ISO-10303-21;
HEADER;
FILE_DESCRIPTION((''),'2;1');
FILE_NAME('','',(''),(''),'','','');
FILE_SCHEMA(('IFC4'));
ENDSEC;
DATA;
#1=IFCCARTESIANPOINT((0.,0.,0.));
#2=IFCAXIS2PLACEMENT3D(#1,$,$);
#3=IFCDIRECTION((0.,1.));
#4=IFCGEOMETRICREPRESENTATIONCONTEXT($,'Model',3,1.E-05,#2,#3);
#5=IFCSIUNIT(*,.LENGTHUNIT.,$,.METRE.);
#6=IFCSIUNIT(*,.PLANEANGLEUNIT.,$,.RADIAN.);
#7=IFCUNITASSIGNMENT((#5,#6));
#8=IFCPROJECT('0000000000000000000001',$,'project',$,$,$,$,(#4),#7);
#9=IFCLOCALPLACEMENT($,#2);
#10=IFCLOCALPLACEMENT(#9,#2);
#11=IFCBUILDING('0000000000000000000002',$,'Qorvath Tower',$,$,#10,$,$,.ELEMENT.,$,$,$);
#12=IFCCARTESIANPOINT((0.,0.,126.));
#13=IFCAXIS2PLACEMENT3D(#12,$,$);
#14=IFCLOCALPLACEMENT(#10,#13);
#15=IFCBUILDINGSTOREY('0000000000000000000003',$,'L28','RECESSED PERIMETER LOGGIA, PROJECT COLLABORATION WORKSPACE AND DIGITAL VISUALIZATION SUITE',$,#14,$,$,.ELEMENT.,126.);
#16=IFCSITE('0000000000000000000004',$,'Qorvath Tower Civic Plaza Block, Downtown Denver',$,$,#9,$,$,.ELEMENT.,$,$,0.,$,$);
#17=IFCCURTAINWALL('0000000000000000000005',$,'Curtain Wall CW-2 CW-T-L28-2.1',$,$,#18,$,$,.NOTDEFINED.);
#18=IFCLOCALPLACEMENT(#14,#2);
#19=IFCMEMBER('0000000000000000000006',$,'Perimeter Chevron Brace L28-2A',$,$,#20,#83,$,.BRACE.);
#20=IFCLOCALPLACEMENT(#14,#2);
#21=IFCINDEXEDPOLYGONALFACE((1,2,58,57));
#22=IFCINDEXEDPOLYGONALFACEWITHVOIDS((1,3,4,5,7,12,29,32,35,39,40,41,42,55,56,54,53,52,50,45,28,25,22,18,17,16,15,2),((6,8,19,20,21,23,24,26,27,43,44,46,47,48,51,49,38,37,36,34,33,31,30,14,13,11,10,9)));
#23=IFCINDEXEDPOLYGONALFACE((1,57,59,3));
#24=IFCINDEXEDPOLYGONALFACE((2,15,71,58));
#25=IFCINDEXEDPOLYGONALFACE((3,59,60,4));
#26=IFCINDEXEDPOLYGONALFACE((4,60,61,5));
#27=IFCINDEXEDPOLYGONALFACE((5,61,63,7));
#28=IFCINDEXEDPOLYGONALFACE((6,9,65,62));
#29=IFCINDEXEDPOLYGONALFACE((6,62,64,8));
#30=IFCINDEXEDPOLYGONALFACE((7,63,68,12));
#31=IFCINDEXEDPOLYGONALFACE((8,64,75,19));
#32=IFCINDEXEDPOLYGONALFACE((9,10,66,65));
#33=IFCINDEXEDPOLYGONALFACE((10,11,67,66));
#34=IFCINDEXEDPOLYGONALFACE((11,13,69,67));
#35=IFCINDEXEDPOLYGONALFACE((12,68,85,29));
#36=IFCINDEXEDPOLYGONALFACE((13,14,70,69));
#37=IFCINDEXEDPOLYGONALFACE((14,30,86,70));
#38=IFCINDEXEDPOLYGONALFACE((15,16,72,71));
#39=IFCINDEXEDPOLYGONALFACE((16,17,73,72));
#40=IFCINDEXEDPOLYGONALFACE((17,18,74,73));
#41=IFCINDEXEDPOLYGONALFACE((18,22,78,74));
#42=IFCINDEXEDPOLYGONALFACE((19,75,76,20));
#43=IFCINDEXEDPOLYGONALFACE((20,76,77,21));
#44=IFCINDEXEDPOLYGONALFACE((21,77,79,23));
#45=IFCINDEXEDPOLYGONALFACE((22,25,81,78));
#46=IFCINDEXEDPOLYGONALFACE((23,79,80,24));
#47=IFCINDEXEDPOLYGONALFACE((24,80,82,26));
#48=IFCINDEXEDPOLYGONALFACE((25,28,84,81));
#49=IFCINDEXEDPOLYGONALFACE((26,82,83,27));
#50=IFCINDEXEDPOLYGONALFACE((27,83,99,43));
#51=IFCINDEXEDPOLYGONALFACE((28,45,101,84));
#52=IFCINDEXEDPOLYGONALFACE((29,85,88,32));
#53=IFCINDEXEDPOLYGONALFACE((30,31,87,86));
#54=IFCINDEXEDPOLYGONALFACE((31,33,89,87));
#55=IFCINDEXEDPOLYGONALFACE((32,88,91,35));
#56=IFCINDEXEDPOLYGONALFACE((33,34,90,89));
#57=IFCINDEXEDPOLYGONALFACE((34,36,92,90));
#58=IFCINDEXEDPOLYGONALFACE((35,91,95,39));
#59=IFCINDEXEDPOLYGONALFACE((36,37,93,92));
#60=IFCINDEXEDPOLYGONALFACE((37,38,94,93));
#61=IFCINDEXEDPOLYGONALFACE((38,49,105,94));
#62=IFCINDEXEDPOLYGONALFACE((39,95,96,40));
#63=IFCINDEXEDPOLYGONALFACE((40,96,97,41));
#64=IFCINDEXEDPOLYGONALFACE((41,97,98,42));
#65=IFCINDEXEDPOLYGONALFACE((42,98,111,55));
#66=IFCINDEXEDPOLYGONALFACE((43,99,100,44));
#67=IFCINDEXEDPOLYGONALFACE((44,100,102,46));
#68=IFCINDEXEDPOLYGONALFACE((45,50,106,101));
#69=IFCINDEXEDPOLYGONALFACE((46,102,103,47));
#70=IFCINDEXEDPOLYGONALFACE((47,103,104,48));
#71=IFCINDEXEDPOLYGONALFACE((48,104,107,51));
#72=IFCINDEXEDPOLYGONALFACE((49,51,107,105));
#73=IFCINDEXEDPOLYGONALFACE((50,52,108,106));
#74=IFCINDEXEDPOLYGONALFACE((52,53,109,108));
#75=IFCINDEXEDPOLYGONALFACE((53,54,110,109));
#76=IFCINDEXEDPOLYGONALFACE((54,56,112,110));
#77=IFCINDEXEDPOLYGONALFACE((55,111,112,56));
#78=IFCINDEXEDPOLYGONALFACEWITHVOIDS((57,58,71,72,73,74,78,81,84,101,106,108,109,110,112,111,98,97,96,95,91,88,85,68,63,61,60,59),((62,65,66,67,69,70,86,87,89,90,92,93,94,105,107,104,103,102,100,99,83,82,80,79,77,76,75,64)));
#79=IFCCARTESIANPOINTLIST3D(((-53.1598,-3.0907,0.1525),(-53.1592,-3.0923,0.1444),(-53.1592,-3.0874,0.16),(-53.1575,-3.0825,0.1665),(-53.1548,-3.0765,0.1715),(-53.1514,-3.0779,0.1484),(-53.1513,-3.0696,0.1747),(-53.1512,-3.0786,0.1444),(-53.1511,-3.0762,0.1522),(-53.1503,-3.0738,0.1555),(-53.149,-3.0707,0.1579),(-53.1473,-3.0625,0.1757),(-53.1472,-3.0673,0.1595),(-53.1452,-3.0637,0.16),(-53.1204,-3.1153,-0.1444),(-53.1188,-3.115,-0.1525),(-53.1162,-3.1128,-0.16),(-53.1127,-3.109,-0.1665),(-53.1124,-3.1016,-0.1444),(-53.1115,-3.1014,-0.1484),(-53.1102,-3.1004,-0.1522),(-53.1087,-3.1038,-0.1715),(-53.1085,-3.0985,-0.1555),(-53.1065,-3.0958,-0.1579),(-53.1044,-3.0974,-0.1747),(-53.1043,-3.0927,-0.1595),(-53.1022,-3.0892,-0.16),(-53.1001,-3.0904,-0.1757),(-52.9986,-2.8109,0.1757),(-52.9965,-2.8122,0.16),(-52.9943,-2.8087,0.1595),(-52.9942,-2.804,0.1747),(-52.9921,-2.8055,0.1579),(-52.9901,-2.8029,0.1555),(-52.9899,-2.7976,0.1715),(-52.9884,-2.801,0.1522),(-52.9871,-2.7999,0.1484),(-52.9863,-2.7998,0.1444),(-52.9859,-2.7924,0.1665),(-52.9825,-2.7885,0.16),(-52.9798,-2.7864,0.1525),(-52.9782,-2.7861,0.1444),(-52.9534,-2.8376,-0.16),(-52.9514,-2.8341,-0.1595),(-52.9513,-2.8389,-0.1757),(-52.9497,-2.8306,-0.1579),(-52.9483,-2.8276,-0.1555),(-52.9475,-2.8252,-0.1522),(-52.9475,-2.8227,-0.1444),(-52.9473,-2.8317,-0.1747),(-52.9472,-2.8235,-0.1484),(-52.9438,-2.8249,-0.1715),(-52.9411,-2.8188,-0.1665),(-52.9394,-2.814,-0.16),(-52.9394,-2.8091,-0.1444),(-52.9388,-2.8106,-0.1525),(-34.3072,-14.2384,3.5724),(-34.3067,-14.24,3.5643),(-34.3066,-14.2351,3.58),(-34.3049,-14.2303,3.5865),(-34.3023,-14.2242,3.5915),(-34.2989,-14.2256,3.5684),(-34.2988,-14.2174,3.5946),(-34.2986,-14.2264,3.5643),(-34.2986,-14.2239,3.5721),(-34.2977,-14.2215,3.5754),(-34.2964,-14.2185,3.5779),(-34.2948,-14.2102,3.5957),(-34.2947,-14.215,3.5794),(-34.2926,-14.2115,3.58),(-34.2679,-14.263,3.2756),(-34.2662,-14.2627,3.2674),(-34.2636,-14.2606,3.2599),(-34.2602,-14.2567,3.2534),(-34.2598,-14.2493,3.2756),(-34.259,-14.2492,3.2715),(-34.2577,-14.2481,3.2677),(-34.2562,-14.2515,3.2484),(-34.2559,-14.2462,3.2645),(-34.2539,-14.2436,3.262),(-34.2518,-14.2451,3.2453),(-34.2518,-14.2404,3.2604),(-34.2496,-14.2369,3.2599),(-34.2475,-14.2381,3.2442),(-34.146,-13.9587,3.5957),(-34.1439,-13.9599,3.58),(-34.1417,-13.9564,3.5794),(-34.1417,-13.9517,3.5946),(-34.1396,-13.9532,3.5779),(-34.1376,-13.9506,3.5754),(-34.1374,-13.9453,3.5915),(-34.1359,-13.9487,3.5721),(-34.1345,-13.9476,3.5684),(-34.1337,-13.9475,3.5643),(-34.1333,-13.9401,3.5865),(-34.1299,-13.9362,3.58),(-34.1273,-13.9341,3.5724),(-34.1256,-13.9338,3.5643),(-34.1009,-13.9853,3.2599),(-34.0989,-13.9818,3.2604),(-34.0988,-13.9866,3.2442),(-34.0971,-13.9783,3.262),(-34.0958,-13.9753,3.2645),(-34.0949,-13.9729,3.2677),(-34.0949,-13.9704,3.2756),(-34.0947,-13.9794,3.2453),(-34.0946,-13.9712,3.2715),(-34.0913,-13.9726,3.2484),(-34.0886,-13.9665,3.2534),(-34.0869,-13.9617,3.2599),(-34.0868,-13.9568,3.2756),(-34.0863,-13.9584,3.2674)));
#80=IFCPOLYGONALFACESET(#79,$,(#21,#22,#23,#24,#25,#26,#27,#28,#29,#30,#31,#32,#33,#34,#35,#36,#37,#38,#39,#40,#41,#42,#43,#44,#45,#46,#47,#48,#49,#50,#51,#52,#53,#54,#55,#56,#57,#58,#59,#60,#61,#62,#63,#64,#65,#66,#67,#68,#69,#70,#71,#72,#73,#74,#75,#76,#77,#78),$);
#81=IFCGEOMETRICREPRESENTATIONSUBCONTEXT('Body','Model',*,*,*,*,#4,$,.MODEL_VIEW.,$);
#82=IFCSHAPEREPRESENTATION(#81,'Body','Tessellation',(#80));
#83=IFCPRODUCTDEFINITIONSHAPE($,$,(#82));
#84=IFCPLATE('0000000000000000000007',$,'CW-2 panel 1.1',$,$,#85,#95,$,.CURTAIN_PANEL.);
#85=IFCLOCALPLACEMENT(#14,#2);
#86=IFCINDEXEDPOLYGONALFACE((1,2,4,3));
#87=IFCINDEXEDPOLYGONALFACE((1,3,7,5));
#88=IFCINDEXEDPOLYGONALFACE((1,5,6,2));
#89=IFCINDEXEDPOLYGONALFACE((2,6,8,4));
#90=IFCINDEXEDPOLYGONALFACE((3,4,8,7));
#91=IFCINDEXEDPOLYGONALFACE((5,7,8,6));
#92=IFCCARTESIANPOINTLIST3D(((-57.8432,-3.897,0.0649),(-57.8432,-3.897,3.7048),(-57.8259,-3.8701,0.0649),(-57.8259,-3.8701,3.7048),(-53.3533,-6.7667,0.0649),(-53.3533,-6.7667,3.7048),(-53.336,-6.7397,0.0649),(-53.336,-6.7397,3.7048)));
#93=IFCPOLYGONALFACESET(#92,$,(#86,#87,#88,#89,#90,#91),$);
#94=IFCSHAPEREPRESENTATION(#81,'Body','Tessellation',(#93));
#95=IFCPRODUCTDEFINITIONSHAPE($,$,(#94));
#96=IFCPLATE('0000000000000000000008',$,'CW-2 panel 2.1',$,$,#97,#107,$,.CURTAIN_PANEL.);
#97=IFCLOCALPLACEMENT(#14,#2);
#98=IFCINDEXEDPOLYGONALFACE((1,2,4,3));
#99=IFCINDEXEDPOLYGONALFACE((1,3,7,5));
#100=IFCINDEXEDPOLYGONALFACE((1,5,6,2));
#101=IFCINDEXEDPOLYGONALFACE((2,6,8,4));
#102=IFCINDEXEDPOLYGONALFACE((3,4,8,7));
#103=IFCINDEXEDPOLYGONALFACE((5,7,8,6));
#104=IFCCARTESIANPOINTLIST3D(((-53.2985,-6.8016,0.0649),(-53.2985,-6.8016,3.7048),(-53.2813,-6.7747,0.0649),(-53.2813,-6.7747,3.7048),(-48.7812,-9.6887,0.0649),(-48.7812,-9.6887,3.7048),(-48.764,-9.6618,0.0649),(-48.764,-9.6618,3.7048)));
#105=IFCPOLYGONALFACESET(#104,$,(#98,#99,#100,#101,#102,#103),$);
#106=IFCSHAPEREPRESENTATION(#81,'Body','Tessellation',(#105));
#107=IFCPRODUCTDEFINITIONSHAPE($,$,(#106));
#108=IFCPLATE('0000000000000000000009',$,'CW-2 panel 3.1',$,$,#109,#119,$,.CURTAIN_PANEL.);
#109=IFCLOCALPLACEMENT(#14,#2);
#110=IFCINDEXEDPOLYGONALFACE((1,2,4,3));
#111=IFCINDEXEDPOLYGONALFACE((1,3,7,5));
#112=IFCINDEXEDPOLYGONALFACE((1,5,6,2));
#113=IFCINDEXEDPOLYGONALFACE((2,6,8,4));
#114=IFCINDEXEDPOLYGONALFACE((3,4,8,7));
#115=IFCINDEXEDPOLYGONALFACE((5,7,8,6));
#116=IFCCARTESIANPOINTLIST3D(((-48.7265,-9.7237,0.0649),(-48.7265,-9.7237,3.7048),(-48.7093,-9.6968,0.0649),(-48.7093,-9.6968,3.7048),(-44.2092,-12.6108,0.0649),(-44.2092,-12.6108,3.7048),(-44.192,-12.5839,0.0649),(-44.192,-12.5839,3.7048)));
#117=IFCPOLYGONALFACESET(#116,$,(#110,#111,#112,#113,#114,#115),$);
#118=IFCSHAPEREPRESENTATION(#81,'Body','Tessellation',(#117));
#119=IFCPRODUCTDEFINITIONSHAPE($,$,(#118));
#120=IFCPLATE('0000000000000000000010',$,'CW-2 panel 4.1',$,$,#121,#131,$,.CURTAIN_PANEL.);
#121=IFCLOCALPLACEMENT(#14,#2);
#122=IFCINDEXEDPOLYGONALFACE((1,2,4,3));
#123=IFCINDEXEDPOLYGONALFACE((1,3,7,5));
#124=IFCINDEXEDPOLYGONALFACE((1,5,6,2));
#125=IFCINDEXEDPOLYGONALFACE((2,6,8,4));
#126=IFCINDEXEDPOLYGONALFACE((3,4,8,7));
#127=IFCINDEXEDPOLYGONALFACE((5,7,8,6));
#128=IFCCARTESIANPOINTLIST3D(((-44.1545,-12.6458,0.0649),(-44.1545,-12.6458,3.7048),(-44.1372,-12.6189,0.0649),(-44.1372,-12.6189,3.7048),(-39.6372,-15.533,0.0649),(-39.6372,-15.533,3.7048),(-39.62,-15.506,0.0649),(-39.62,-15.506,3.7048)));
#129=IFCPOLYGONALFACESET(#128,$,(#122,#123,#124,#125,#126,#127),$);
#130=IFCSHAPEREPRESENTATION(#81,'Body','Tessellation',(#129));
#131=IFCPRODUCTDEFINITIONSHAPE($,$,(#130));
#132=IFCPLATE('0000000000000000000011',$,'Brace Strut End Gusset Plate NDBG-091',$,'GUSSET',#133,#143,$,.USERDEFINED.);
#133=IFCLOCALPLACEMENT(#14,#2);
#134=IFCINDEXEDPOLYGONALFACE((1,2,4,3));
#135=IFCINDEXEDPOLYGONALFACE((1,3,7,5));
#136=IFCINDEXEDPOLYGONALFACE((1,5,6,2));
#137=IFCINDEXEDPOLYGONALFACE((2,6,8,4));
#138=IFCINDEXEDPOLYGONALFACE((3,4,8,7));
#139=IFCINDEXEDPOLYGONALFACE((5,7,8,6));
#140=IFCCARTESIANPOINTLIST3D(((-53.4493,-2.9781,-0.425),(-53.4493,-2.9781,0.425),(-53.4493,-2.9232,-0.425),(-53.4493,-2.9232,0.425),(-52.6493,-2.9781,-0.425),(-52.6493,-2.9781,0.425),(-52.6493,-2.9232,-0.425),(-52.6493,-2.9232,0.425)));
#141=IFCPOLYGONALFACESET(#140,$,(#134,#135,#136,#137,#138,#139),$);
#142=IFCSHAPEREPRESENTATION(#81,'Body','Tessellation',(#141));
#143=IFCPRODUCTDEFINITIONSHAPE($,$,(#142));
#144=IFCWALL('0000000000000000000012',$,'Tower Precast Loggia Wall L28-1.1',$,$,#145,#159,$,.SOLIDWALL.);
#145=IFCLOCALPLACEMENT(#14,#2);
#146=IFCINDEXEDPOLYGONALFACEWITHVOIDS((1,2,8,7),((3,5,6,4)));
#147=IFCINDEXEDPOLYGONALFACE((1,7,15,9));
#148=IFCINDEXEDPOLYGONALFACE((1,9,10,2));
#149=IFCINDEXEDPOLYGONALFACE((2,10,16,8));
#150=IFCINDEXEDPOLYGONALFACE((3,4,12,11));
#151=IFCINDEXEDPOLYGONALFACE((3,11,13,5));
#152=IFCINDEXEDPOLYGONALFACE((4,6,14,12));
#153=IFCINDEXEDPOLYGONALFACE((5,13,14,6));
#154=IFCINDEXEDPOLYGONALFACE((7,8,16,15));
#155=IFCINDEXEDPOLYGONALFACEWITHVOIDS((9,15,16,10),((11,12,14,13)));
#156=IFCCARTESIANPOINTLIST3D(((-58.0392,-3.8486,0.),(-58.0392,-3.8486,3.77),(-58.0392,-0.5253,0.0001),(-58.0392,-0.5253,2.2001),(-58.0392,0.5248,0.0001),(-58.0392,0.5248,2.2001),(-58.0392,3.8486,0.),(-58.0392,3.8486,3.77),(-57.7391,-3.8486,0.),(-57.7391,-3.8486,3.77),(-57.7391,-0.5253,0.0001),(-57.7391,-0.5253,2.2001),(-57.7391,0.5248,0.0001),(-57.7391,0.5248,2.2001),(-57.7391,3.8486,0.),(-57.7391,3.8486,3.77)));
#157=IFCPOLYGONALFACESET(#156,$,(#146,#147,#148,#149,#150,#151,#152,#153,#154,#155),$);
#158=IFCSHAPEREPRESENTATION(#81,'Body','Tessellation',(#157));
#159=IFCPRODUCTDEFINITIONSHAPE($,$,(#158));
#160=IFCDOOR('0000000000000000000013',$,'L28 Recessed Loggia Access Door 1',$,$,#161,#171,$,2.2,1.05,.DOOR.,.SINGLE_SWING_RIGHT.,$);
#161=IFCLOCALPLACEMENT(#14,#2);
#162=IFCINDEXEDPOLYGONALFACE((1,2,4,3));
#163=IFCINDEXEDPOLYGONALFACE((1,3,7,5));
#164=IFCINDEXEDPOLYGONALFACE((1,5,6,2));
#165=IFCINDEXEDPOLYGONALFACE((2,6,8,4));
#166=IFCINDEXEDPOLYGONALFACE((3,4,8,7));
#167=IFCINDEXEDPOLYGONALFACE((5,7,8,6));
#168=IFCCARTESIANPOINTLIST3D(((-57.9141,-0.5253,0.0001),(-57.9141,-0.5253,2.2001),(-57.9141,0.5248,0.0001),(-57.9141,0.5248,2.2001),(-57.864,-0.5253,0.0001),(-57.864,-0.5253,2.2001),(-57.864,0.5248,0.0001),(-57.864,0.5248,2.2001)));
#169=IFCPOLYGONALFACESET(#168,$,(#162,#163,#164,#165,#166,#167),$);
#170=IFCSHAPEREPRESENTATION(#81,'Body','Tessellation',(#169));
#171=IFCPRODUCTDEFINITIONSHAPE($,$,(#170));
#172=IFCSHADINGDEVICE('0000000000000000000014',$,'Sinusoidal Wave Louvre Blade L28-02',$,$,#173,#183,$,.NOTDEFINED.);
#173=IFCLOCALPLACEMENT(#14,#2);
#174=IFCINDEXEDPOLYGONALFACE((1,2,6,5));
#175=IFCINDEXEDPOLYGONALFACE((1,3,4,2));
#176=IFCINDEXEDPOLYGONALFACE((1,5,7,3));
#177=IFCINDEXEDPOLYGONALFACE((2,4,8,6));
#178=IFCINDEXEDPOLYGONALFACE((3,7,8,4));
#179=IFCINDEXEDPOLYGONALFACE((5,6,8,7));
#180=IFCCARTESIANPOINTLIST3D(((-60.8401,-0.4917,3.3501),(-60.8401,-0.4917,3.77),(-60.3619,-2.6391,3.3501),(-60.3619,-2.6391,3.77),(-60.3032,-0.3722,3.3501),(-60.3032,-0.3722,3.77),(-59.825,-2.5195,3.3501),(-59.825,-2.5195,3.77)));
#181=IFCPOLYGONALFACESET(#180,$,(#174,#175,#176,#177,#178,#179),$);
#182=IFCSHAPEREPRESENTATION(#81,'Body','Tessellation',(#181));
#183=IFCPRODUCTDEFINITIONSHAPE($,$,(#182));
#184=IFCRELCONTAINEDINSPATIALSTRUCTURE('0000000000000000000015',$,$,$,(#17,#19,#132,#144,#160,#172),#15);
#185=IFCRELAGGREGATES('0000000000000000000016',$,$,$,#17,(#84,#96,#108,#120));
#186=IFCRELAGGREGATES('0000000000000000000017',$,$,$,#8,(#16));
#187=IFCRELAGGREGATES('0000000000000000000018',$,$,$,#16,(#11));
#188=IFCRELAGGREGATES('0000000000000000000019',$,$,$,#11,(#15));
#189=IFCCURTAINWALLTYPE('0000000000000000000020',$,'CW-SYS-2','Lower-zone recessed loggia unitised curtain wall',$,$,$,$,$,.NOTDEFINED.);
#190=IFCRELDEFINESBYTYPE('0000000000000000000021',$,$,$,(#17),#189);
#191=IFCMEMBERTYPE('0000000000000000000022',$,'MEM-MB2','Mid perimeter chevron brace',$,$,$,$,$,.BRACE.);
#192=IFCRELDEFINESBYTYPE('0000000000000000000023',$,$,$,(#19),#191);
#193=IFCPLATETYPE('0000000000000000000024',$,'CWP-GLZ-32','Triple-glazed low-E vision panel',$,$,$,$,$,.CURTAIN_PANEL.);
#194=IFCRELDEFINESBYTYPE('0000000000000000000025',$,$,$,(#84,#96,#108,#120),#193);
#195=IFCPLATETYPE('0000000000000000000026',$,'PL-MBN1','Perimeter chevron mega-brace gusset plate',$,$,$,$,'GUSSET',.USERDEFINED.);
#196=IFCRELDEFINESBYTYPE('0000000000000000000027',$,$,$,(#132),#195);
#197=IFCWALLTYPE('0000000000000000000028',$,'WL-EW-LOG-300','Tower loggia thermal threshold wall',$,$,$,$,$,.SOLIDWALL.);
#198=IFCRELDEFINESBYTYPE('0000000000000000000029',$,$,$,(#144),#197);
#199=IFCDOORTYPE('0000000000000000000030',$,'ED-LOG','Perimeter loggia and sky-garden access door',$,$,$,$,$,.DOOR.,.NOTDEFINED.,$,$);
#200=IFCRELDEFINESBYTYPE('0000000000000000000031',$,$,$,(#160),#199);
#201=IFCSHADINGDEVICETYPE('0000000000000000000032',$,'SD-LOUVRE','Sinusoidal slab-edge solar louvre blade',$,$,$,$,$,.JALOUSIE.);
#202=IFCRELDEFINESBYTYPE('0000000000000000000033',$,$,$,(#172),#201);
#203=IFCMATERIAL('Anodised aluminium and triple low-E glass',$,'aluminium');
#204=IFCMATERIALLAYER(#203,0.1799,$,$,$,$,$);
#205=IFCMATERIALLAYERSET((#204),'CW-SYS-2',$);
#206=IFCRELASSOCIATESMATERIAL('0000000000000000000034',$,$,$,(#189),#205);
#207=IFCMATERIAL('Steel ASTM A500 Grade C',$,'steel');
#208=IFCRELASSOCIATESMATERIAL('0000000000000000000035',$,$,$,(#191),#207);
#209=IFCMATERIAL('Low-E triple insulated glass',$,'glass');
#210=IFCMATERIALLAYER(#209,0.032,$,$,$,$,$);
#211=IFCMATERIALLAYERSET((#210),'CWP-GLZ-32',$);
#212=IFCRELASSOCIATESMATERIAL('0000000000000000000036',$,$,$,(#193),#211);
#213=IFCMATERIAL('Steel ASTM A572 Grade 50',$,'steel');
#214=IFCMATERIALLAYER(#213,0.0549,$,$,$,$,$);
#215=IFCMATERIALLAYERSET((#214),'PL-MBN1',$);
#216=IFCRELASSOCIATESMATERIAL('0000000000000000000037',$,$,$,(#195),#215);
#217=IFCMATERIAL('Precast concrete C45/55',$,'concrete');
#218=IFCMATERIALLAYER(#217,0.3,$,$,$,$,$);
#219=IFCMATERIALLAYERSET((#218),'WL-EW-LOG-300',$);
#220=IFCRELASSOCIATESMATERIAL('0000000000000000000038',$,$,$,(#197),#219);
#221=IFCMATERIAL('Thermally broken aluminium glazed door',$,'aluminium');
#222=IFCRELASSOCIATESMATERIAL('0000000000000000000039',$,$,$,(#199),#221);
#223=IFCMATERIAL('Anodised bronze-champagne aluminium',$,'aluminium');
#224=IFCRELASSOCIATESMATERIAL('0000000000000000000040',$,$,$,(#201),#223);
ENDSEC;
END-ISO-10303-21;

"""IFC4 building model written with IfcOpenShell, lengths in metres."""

from ifc_helpers import new_model, si_unit, direction, frame, frame_2d, origin, origin_2d, place, context, subcontext, project, spatial, rectangle, hollow_rectangle, extrude, material, layer, layer_set, material_profile, profile_set, type_object, element, fill, aggregate, save


model = new_model("IFC4")

# Units and contexts
model_context = context("Model", 3, precision=1e-05, world=origin(), true_north=direction((0.0, 1.0)))
body_context = subcontext(model_context, "Body", "Model", "MODEL_VIEW")
ifc_project = project(units=[si_unit("LENGTHUNIT", "METRE"), si_unit("PLANEANGLEUNIT", "RADIAN")], contexts=[model_context])

# Site, building, storey
site_placement = place(None, origin())
site = spatial("IfcSite", under=ifc_project, at=site_placement, Name="Qorvath Tower Civic Plaza Block, Downtown Denver", CompositionType="ELEMENT", RefElevation=0.0)
building_placement = place(site_placement, origin())
building = spatial("IfcBuilding", under=site, at=building_placement, Name="Qorvath Tower", CompositionType="ELEMENT")
storey_placement = place(building_placement, frame((0.0, 0.0, 126.0)))
storey = spatial("IfcBuildingStorey", under=building, at=storey_placement, Name="L28", Description="RECESSED PERIMETER LOGGIA, PROJECT COLLABORATION WORKSPACE AND DIGITAL VISUALIZATION SUITE", CompositionType="ELEMENT", Elevation=126.0)

# Curtain wall
ifc_material_1 = material(Name="Anodised aluminium and triple low-E glass", Category="aluminium")
ifc_layer_1 = layer(ifc_material_1, 0.1799)
ifc_layer_set_1 = layer_set([ifc_layer_1], Name="CW-SYS-2")
curtain_wall_type = type_object("IfcCurtainWallType", Name="CW-SYS-2", Description="Lower-zone recessed loggia unitised curtain wall", PredefinedType="NOTDEFINED", material=ifc_layer_set_1)
curtain_wall_placement = place(storey_placement, origin())
curtain_wall = element("IfcCurtainWall", 1, at=curtain_wall_placement, inside=storey, type_object=curtain_wall_type, Name="Curtain Wall CW-2 CW-T-L28-2.1", PredefinedType="NOTDEFINED")

# Member
ifc_material_2 = material(Name="Steel ASTM A500 Grade C", Category="steel")
ifc_material_profile_1 = material_profile(ifc_material_2, hollow_rectangle(XDim=0.3557, YDim=0.3557, WallThickness=0.0159, InnerFilletRadius=0.0159, OuterFilletRadius=0.0317, at=origin_2d()), Name="HSS 356x356x16")
ifc_profile_set_1 = profile_set([ifc_material_profile_1], Name="Steel ASTM A500 Grade C")
member_type_1 = type_object("IfcMemberType", Name="MEM-MB2", Description="Mid perimeter chevron brace", PredefinedType="BRACE", material=ifc_profile_set_1)
member_1_placement = place(storey_placement, frame((-53.0493, -2.9507, 0.0), z_axis=(0.850469, -0.502892, 0.154278), x_axis=(0.508985, 0.860775, 0.0)))
element("IfcMember", 2, at=member_1_placement, inside=storey, type_object=member_type_1, Name="Perimeter Chevron Brace L28-2A", PredefinedType="BRACE", context=body_context, shape_type="SweptSolid", body=[
    extrude(hollow_rectangle(XDim=0.3557, YDim=0.3557, WallThickness=0.0159, InnerFilletRadius=0.0159, OuterFilletRadius=0.0317, at=origin_2d()), origin(), (0.0, 0.0, 1.0), 22.1672),
])

# Plates
ifc_material_3 = material(Name="Low-E triple insulated glass", Category="glass")
ifc_layer_2 = layer(ifc_material_3, 0.032)
ifc_layer_set_2 = layer_set([ifc_layer_2], Name="CWP-GLZ-32")
plate_type_1 = type_object("IfcPlateType", Name="CWP-GLZ-32", Description="Triple-glazed low-E vision panel", PredefinedType="CURTAIN_PANEL", material=ifc_layer_set_2)
plate_1_placement = place(storey_placement, frame((-55.5896, -5.3184, 0.0649), z_axis=(0.0, 0.0, 1.0), x_axis=(0.842604, -0.538534, 0.0)))
plate_1 = element("IfcPlate", 3, at=plate_1_placement, type_object=plate_type_1, Name="CW-2 panel 1.1", PredefinedType="CURTAIN_PANEL", context=body_context, shape_type="SweptSolid", body=[
    extrude(rectangle(XDim=5.3286, YDim=0.032, at=origin_2d()), origin(), (0.0, 0.0, 1.0), 3.6399),
])
plate_2_placement = place(storey_placement, frame((-51.0312, -8.2317, 0.0649), z_axis=(0.0, 0.0, 1.0), x_axis=(0.842604, -0.538534, 0.0)))
plate_2 = element("IfcPlate", 4, at=plate_2_placement, type_object=plate_type_1, Name="CW-2 panel 2.1", PredefinedType="CURTAIN_PANEL", context=body_context, shape_type="SweptSolid", body=[
    extrude(rectangle(XDim=5.3611, YDim=0.032, at=origin_2d()), origin(), (0.0, 0.0, 1.0), 3.6399),
])
plate_3_placement = place(storey_placement, frame((-46.4592, -11.1538, 0.0649), z_axis=(0.0, 0.0, 1.0), x_axis=(0.842604, -0.538534, 0.0)))
plate_3 = element("IfcPlate", 5, at=plate_3_placement, type_object=plate_type_1, Name="CW-2 panel 3.1", PredefinedType="CURTAIN_PANEL", context=body_context, shape_type="SweptSolid", body=[
    extrude(rectangle(XDim=5.3611, YDim=0.032, at=origin_2d()), origin(), (0.0, 0.0, 1.0), 3.6399),
])
plate_4_placement = place(storey_placement, frame((-41.8872, -14.0759, 0.0649), z_axis=(0.0, 0.0, 1.0), x_axis=(0.842604, -0.538534, 0.0)))
plate_4 = element("IfcPlate", 6, at=plate_4_placement, type_object=plate_type_1, Name="CW-2 panel 4.1", PredefinedType="CURTAIN_PANEL", context=body_context, shape_type="SweptSolid", body=[
    extrude(rectangle(XDim=5.3611, YDim=0.032, at=origin_2d()), origin(), (0.0, 0.0, 1.0), 3.6399),
])
aggregate(curtain_wall, [plate_1, plate_2, plate_3, plate_4])
ifc_material_4 = material(Name="Steel ASTM A572 Grade 50", Category="steel")
ifc_layer_3 = layer(ifc_material_4, 0.0549)
ifc_layer_set_3 = layer_set([ifc_layer_3], Name="PL-MBN1")
plate_type_2 = type_object("IfcPlateType", Name="PL-MBN1", Description="Perimeter chevron mega-brace gusset plate", ElementType="GUSSET", PredefinedType="USERDEFINED", material=ifc_layer_set_3)
plate_5_placement = place(storey_placement, frame((-53.0493, -2.9507, -0.425), z_axis=(0.0, 0.0, 1.0), x_axis=(1.0, 0.0, 0.0)))
element("IfcPlate", 7, at=plate_5_placement, inside=storey, type_object=plate_type_2, Name="Brace Strut End Gusset Plate NDBG-091", ObjectType="GUSSET", PredefinedType="USERDEFINED", context=body_context, shape_type="SweptSolid", body=[
    extrude(rectangle(XDim=0.8, YDim=0.0549, at=origin_2d()), origin(), (0.0, 0.0, 1.0), 0.8501),
])

# Wall, opening, door
ifc_material_5 = material(Name="Precast concrete C45/55", Category="concrete")
ifc_layer_4 = layer(ifc_material_5, 0.3)
ifc_layer_set_4 = layer_set([ifc_layer_4], Name="WL-EW-LOG-300")
wall_type = type_object("IfcWallType", Name="WL-EW-LOG-300", Description="Tower loggia thermal threshold wall", PredefinedType="SOLIDWALL", material=ifc_layer_set_4)
wall_placement = place(storey_placement, frame((-57.8892, -3.8486, 0.0), z_axis=(0.0, 0.0, 1.0), x_axis=(0.0, 1.0, 0.0)))
wall = element("IfcWall", 8, at=wall_placement, inside=storey, type_object=wall_type, Name="Tower Precast Loggia Wall L28-1.1", PredefinedType="SOLIDWALL", context=body_context, shape_type="SweptSolid", body=[
    extrude(rectangle(XDim=7.6973, YDim=0.3, at=frame_2d((3.8486, 0.0))), origin(), (0.0, 0.0, 1.0), 3.77),
])
opening_placement = place(wall_placement, frame((3.3235, 0.0, 0.0)))
opening = element("IfcOpeningElement", 9, at=opening_placement, cuts=wall, PredefinedType="OPENING", context=body_context, shape_type="SweptSolid", body=[
    extrude(rectangle(XDim=1.05, YDim=2.2, at=frame_2d((0.5249, 1.1001))), frame((0.0, 0.1602, 0.0), z_axis=(0.0, -1.0, 0.0), x_axis=(1.0, 0.0, 0.0)), (0.0, 0.0, 1.0), 0.3201),
])
ifc_material_6 = material(Name="Thermally broken aluminium glazed door", Category="aluminium")
door_type = type_object("IfcDoorType", Name="ED-LOG", Description="Perimeter loggia and sky-garden access door", OperationType="NOTDEFINED", PredefinedType="DOOR", material=ifc_material_6)
door_placement = place(opening_placement, origin())
door = element("IfcDoor", 10, at=door_placement, inside=storey, type_object=door_type, Name="L28 Recessed Loggia Access Door 1", OperationType="SINGLE_SWING_RIGHT", OverallHeight=2.2, OverallWidth=1.05, PredefinedType="DOOR", context=body_context, shape_type="SweptSolid", body=[
    extrude(rectangle(XDim=1.05, YDim=2.2, at=frame_2d((0.5249, 1.1001))), frame((0.0, 0.0249, 0.0), z_axis=(0.0, -1.0, 0.0), x_axis=(1.0, 0.0, 0.0)), (0.0, 0.0, 1.0), 0.05),
])
fill(opening, door)

# Shading device
ifc_material_7 = material(Name="Anodised bronze-champagne aluminium", Category="aluminium")
shading_device_type = type_object("IfcShadingDeviceType", Name="SD-LOUVRE", Description="Sinusoidal slab-edge solar louvre blade", PredefinedType="JALOUSIE", material=ifc_material_7)
shading_device_placement = place(storey_placement, frame((-60.3325, -1.5056, 3.3501), z_axis=(0.0, 0.0, 1.0), x_axis=(0.217372, -0.976089, 0.0)))
element("IfcShadingDevice", 11, at=shading_device_placement, inside=storey, type_object=shading_device_type, Name="Sinusoidal Wave Louvre Blade L28-02", PredefinedType="NOTDEFINED", context=body_context, shape_type="SweptSolid", body=[
    extrude(rectangle(XDim=2.2, YDim=0.55, at=origin_2d()), origin(), (0.0, 0.0, 1.0), 0.4199),
])

save(model, "model.ifc")
